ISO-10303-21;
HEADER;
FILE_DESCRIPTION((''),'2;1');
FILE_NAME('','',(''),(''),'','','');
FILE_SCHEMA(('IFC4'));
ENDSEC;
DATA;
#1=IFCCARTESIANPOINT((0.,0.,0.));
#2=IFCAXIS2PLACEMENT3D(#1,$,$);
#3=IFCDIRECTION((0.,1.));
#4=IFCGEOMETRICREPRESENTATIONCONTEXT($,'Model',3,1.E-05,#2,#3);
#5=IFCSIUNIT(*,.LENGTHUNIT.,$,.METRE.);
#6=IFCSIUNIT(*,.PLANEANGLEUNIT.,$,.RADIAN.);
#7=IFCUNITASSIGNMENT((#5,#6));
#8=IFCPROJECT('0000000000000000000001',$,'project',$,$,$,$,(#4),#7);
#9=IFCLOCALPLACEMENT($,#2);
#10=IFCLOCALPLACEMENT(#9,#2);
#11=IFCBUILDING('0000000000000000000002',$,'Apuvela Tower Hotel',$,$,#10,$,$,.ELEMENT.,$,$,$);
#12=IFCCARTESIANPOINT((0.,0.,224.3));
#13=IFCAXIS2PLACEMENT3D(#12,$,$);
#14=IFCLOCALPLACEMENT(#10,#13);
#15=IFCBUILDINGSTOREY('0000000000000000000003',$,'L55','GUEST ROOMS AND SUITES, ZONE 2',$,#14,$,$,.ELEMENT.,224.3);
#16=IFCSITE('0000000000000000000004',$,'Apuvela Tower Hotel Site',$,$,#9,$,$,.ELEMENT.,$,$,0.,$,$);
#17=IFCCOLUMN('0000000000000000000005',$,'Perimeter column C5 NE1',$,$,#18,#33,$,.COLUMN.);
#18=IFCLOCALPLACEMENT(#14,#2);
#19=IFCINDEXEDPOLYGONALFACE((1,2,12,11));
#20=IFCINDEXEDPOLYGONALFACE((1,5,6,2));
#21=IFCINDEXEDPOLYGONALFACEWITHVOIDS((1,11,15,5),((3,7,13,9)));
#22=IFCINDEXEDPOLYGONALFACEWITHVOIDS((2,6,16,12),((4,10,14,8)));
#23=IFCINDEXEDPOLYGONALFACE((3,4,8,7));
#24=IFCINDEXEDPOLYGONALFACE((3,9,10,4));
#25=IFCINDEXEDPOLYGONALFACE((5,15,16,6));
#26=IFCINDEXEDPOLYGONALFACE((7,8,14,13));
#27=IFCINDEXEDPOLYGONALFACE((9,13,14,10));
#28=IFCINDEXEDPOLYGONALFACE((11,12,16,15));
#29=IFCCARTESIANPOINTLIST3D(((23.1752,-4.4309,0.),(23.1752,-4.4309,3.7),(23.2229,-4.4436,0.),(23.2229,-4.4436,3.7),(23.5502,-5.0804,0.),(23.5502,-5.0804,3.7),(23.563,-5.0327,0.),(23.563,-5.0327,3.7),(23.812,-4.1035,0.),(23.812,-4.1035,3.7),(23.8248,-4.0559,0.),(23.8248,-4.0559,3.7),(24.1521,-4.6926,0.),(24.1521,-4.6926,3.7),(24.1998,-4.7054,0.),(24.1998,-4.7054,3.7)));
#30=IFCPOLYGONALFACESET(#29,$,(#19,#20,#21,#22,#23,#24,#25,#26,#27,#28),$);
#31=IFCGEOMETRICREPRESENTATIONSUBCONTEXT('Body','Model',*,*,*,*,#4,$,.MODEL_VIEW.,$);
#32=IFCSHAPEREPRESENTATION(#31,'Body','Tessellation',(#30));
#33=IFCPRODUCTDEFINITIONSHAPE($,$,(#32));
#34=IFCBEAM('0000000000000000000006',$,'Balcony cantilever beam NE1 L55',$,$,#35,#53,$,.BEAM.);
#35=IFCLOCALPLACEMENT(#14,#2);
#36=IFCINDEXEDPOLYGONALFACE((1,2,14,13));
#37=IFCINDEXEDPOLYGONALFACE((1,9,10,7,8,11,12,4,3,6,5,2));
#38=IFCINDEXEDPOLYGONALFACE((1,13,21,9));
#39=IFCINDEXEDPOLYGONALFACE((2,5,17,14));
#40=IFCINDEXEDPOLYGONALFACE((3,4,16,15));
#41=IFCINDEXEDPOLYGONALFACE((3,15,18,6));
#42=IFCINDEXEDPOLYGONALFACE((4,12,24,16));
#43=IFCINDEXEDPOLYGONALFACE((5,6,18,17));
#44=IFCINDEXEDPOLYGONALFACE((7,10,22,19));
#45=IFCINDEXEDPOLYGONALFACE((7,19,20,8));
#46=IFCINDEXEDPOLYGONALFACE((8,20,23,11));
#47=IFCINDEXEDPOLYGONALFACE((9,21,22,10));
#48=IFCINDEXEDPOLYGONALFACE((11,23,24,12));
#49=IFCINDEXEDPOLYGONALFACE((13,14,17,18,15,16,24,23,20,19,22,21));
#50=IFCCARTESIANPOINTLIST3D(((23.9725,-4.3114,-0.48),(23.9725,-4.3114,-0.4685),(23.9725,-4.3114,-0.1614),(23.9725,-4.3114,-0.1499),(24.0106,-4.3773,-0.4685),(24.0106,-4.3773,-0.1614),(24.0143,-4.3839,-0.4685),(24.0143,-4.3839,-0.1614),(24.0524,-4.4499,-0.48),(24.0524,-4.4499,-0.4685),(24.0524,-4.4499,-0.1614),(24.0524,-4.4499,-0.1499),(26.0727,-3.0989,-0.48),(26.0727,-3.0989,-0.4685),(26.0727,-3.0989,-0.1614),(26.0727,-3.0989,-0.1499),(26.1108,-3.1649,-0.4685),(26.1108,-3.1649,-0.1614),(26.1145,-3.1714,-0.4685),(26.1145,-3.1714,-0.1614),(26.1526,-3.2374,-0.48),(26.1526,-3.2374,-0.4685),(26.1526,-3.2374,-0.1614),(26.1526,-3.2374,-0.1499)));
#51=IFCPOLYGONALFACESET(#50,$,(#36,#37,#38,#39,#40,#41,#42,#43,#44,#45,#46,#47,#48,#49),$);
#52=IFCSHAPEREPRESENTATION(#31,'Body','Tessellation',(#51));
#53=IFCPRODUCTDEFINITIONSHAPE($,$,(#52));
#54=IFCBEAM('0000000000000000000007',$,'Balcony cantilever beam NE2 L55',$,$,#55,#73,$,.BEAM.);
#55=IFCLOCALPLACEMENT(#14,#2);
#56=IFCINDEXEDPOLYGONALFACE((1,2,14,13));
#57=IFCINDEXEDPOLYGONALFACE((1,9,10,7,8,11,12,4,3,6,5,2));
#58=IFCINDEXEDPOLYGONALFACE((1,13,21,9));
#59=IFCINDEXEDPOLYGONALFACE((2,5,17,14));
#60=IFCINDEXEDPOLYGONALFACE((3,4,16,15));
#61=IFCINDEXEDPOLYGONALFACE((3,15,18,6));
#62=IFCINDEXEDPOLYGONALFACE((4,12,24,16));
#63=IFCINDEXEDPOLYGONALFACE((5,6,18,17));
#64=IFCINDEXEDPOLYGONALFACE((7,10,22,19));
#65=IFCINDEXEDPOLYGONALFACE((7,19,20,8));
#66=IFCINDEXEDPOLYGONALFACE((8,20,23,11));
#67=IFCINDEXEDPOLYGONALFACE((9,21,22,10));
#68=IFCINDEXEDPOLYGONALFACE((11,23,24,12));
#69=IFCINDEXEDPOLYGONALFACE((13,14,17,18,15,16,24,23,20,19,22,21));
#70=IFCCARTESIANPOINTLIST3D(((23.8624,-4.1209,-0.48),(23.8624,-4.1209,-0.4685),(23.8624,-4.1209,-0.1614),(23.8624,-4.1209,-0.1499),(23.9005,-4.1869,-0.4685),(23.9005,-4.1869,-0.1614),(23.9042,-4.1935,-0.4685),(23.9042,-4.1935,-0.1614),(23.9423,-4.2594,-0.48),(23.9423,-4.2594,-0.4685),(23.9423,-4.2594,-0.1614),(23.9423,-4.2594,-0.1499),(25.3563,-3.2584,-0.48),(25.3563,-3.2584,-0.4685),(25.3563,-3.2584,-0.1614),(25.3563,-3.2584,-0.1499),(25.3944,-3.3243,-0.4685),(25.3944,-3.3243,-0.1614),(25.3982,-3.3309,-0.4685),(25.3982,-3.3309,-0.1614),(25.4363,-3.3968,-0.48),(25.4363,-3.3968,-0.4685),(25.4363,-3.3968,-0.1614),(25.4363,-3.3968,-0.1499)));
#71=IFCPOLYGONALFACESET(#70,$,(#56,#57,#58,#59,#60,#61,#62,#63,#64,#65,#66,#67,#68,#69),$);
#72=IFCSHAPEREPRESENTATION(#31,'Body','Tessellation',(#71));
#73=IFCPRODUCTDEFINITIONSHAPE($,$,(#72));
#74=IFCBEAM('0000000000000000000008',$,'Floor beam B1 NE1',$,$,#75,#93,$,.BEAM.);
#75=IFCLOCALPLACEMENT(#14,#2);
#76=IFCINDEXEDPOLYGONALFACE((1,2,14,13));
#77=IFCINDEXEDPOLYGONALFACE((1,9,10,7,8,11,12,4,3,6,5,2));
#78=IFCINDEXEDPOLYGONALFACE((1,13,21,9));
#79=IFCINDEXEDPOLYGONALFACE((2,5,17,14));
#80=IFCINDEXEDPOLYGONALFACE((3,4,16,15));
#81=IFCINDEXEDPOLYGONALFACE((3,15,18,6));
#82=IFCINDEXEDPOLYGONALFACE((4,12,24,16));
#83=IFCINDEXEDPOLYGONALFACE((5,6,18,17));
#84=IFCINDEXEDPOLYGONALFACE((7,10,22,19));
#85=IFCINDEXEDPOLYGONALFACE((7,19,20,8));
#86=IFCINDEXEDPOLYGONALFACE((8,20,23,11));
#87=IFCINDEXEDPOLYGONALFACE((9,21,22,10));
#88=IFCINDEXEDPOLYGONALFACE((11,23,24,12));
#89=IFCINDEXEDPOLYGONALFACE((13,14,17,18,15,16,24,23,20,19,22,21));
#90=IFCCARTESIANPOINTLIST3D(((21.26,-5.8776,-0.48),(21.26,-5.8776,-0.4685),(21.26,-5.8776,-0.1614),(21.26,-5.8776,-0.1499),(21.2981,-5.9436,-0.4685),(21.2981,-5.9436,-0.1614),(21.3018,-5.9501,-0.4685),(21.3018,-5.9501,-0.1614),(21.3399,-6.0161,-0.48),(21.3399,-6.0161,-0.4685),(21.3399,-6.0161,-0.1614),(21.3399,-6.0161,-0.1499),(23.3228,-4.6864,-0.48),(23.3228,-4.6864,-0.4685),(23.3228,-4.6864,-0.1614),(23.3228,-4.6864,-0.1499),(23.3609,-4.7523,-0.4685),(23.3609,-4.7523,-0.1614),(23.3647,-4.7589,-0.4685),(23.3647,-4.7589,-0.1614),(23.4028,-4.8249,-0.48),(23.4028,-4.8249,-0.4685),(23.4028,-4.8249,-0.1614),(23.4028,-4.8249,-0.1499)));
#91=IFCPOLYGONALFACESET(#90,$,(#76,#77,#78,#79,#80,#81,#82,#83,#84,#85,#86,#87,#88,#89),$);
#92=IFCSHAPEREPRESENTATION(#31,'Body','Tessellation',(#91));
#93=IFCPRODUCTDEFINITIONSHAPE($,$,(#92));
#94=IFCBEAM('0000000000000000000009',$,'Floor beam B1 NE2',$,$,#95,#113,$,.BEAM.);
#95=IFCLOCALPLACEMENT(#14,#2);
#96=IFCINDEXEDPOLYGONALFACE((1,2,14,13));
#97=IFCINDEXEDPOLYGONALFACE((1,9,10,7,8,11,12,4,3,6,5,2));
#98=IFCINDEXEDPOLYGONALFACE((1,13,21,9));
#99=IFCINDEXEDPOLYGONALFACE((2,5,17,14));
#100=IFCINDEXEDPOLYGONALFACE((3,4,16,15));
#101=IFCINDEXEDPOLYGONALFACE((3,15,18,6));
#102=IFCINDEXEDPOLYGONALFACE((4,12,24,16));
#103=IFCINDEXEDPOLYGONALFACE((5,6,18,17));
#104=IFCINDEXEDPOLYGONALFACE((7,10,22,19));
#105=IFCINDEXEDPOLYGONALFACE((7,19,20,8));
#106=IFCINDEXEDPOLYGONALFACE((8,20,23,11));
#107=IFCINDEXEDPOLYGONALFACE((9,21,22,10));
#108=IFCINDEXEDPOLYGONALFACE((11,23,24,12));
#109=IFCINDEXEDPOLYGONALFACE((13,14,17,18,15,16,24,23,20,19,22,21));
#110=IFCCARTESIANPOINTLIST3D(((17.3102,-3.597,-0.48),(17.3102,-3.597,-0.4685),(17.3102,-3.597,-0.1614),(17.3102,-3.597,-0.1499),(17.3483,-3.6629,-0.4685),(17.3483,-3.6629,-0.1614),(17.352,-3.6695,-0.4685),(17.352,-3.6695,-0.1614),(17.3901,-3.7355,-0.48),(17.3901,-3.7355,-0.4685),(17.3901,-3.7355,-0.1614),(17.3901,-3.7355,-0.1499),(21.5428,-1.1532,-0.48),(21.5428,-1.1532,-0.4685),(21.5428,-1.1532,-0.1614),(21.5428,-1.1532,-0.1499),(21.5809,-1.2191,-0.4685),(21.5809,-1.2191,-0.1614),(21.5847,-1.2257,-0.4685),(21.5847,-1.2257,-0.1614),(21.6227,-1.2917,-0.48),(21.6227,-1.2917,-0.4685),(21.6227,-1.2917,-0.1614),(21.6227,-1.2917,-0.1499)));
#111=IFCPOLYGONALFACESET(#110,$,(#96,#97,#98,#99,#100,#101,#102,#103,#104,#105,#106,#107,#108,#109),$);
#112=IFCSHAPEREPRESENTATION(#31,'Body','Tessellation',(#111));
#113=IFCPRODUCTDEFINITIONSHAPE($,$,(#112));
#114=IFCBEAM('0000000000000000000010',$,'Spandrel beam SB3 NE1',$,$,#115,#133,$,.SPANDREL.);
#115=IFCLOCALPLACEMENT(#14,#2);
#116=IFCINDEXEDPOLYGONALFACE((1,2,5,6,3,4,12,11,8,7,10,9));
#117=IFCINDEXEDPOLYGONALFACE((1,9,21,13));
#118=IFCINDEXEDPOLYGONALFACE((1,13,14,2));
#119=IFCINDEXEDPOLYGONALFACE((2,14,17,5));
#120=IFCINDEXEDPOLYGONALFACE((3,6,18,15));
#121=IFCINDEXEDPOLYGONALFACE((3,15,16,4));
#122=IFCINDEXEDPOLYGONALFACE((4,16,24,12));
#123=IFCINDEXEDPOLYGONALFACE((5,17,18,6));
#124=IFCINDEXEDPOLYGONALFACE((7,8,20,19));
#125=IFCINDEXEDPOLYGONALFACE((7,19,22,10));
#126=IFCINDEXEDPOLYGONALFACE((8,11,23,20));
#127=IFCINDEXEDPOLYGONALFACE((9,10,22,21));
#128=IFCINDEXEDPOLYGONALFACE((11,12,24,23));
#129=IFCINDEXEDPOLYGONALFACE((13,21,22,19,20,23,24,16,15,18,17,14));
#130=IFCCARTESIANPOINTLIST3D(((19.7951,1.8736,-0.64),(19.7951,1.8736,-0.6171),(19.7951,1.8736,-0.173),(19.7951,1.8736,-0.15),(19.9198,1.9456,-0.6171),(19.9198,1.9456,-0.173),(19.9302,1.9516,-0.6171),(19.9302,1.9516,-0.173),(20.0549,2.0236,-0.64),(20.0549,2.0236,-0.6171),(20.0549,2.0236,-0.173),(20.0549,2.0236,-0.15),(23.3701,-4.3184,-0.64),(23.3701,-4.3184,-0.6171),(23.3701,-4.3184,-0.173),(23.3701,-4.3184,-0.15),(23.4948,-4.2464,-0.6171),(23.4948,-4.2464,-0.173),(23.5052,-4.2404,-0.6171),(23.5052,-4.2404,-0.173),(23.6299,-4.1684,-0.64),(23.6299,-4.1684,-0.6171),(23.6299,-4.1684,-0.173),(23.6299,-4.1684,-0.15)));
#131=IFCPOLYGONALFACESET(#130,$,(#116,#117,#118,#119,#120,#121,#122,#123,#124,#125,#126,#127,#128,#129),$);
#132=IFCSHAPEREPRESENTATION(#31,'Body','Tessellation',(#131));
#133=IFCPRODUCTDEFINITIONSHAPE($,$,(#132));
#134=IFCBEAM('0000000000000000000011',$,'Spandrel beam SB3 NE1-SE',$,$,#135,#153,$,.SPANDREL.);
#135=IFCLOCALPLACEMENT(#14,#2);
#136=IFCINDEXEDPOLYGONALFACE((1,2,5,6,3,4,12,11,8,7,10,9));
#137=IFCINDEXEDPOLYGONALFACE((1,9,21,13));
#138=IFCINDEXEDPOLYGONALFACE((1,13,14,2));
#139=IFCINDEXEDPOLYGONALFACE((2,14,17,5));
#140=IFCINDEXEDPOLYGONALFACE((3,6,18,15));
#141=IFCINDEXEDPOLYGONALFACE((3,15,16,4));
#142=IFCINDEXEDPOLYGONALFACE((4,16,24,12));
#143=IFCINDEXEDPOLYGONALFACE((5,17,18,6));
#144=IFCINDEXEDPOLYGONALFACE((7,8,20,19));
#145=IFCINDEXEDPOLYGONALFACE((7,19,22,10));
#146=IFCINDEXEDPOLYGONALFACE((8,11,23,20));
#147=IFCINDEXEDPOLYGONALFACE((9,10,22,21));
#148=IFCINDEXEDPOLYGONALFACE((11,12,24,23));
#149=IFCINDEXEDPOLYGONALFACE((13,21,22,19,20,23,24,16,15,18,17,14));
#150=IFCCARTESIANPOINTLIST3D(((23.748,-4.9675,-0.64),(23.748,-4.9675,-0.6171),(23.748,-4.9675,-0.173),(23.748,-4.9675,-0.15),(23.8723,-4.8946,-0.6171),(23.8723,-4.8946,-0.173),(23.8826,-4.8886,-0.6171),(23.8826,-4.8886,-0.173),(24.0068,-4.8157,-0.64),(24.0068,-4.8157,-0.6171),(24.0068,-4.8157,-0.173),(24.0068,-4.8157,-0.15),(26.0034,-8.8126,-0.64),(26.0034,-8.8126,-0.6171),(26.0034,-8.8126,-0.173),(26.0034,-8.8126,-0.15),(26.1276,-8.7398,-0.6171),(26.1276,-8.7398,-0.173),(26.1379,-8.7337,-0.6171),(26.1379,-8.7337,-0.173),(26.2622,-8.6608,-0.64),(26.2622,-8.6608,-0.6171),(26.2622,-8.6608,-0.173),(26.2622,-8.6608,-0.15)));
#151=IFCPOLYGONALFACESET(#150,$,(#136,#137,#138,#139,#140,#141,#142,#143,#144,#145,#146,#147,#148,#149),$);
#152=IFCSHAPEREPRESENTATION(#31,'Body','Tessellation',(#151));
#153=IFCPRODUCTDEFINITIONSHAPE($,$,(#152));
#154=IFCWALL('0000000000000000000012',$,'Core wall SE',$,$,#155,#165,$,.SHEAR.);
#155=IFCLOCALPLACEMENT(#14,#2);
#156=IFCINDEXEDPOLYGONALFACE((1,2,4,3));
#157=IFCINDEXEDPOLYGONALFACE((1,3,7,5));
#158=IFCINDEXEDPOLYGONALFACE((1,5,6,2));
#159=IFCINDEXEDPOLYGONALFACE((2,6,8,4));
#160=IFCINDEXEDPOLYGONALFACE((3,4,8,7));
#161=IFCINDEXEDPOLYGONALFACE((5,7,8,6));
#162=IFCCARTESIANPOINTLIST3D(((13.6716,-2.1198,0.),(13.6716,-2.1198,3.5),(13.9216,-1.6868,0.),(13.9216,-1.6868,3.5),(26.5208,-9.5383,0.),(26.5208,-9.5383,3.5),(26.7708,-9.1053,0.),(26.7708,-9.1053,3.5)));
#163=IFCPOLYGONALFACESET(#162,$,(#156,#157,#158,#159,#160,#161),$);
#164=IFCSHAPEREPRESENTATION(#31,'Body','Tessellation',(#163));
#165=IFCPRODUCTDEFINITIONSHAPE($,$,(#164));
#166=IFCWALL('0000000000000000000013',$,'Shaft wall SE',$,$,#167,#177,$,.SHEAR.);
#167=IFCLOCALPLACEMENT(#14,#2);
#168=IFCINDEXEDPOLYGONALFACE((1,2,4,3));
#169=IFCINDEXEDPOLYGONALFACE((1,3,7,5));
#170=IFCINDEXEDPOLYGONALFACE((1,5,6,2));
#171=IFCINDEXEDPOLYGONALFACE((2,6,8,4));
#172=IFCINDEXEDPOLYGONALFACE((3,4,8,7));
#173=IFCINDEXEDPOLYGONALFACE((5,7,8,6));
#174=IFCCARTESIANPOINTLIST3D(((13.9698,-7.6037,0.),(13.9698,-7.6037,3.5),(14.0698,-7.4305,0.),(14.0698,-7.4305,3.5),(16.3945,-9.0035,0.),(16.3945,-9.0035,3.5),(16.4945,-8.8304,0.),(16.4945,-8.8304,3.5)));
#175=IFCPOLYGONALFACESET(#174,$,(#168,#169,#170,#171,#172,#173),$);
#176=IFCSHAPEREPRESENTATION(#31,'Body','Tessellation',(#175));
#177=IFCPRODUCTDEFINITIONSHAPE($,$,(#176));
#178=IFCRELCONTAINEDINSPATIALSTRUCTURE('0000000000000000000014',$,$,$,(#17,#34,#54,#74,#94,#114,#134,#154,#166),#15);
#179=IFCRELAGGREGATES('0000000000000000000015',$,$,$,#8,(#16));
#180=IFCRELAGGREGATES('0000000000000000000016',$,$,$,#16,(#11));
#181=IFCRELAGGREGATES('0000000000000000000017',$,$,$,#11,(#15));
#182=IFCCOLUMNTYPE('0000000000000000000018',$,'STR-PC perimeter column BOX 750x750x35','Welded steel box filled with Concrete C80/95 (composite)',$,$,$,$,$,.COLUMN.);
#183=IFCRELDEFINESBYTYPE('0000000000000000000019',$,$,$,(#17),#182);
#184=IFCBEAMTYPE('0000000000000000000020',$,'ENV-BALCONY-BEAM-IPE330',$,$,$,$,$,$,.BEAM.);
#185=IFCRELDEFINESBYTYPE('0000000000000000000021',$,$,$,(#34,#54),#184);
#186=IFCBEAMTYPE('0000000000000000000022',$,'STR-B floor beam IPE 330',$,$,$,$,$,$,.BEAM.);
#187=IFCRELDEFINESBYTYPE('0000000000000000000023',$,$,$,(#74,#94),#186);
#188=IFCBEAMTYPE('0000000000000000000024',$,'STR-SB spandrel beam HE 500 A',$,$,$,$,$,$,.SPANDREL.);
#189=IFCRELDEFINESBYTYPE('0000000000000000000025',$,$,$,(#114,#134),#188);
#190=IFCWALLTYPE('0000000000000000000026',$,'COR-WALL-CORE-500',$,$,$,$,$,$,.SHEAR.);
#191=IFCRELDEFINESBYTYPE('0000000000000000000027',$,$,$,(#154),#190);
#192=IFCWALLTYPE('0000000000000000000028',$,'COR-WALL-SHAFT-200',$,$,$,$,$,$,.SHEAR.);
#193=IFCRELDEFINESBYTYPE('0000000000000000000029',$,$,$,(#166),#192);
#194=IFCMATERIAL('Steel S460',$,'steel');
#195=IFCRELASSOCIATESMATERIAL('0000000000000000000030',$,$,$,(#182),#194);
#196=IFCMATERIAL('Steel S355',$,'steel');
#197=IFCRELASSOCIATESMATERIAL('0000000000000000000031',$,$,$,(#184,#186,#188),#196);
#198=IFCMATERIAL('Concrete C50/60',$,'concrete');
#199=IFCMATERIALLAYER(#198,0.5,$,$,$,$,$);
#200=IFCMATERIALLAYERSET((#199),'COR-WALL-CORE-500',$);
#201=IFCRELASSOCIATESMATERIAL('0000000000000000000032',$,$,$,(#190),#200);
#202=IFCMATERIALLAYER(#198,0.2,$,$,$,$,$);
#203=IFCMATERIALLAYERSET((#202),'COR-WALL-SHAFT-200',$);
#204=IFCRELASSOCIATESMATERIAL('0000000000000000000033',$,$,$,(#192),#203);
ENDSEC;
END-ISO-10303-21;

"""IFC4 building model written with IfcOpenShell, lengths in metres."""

from ifc_helpers import new_model, si_unit, direction, frame, frame_2d, origin, origin_2d, place, context, subcontext, project, spatial, rectangle, hollow_rectangle, i_section, extrude, material, layer, layer_set, material_profile, profile_set, type_object, element, save


model = new_model("IFC4")

# Units and contexts
model_context = context("Model", 3, precision=1e-05, world=origin(), true_north=direction((0.0, 1.0)))
body_context = subcontext(model_context, "Body", "Model", "MODEL_VIEW")
ifc_project = project(units=[si_unit("LENGTHUNIT", "METRE"), si_unit("PLANEANGLEUNIT", "RADIAN")], contexts=[model_context])

# Site, building, storey
site_placement = place(None, origin())
site = spatial("IfcSite", under=ifc_project, at=site_placement, Name="Apuvela Tower Hotel Site", CompositionType="ELEMENT", RefElevation=0.0)
building_placement = place(site_placement, origin())
building = spatial("IfcBuilding", under=site, at=building_placement, Name="Apuvela Tower Hotel", CompositionType="ELEMENT")
storey_placement = place(building_placement, frame((0.0, 0.0, 224.3)))
storey = spatial("IfcBuildingStorey", under=building, at=storey_placement, Name="L55", Description="GUEST ROOMS AND SUITES, ZONE 2", CompositionType="ELEMENT", Elevation=224.3)

# Column
ifc_material_1 = material(Name="Steel S460", Category="steel")
ifc_material_profile_1 = material_profile(ifc_material_1, hollow_rectangle(XDim=0.75, YDim=0.75, WallThickness=0.0349, at=origin_2d()), Name="BOX 750x750x35")
ifc_material_2 = material(Name="Concrete C80/95", Category="concrete")
ifc_material_profile_2 = material_profile(ifc_material_2, rectangle(XDim=0.6799, YDim=0.6799, at=origin_2d()), Name="Concrete C80/95 infill")
ifc_profile_set_1 = profile_set([ifc_material_profile_1, ifc_material_profile_2], Name="Steel S460")
column_type = type_object("IfcColumnType", Name="STR-PC perimeter column BOX 750x750x35", Description="Welded steel box filled with Concrete C80/95 (composite)", PredefinedType="COLUMN", material=ifc_profile_set_1)
column_placement = place(storey_placement, frame((23.6875, -4.5681, 0.0), z_axis=(0.0, 0.0, 1.0), x_axis=(-0.5, 0.866025, 0.0)))
element("IfcColumn", 1, at=column_placement, inside=storey, type_object=column_type, Name="Perimeter column C5 NE1", PredefinedType="COLUMN", context=body_context, shape_type="SweptSolid", body=[
    extrude(hollow_rectangle(XDim=0.75, YDim=0.75, WallThickness=0.0349, at=origin_2d()), origin(), (0.0, 0.0, 1.0), 3.7),
])

# Beams
ifc_material_3 = material(Name="Steel S355", Category="steel")
ifc_material_profile_3 = material_profile(ifc_material_3, i_section(OverallWidth=0.1599, OverallDepth=0.3301, WebThickness=0.0076, FlangeThickness=0.0115, at=origin_2d()), Name="IPE 330")
ifc_profile_set_2 = profile_set([ifc_material_profile_3], Name="Steel S355")
beam_type_1 = type_object("IfcBeamType", Name="ENV-BALCONY-BEAM-IPE330", PredefinedType="BEAM", material=ifc_profile_set_2)
beam_1_placement = place(storey_placement, frame((24.0125, -4.3806, -0.3149), z_axis=(0.866041, 0.499972, 0.0), x_axis=(-0.499972, 0.866041, 0.0)))
element("IfcBeam", 2, at=beam_1_placement, inside=storey, type_object=beam_type_1, Name="Balcony cantilever beam NE1 L55", PredefinedType="BEAM", context=body_context, shape_type="SweptSolid", body=[
    extrude(i_section(OverallWidth=0.1599, OverallDepth=0.3301, WebThickness=0.0076, FlangeThickness=0.0115, at=origin_2d()), origin(), (0.0, 0.0, 1.0), 2.425),
])
beam_2_placement = place(storey_placement, frame((23.9023, -4.1902, -0.3149), z_axis=(0.866014, 0.500021, 0.0), x_axis=(-0.500021, 0.866014, 0.0)))
element("IfcBeam", 3, at=beam_2_placement, inside=storey, type_object=beam_type_1, Name="Balcony cantilever beam NE2 L55", PredefinedType="BEAM", context=body_context, shape_type="SweptSolid", body=[
    extrude(i_section(OverallWidth=0.1599, OverallDepth=0.3301, WebThickness=0.0076, FlangeThickness=0.0115, at=origin_2d()), origin(), (0.0, 0.0, 1.0), 1.7251),
])
ifc_material_profile_4 = material_profile(ifc_material_3, i_section(OverallWidth=0.1599, OverallDepth=0.3301, WebThickness=0.0076, FlangeThickness=0.0115, at=origin_2d()), Name="IPE 330")
ifc_profile_set_3 = profile_set([ifc_material_profile_4], Name="Steel S355")
beam_type_2 = type_object("IfcBeamType", Name="STR-B floor beam IPE 330", PredefinedType="BEAM", material=ifc_profile_set_3)
beam_3_placement = place(storey_placement, frame((23.3628, -4.7556, -0.3149), z_axis=(-0.865982, -0.500074, 0.0), x_axis=(0.500074, -0.865982, 0.0)))
element("IfcBeam", 4, at=beam_3_placement, inside=storey, type_object=beam_type_2, Name="Floor beam B1 NE1", PredefinedType="BEAM", context=body_context, shape_type="SweptSolid", body=[
    extrude(i_section(OverallWidth=0.1599, OverallDepth=0.3301, WebThickness=0.0076, FlangeThickness=0.0115, at=origin_2d()), origin(), (0.0, 0.0, 1.0), 2.3821),
])
beam_4_placement = place(storey_placement, frame((21.5828, -1.2224, -0.3149), z_axis=(-0.866015, -0.500018, 0.0), x_axis=(0.500018, -0.866015, 0.0)))
element("IfcBeam", 5, at=beam_4_placement, inside=storey, type_object=beam_type_2, Name="Floor beam B1 NE2", PredefinedType="BEAM", context=body_context, shape_type="SweptSolid", body=[
    extrude(i_section(OverallWidth=0.1599, OverallDepth=0.3301, WebThickness=0.0076, FlangeThickness=0.0115, at=origin_2d()), origin(), (0.0, 0.0, 1.0), 4.8875),
])
ifc_material_profile_5 = material_profile(ifc_material_3, i_section(OverallWidth=0.3, OverallDepth=0.49, WebThickness=0.012, FlangeThickness=0.0229, at=origin_2d()), Name="HE 500 A")
ifc_profile_set_4 = profile_set([ifc_material_profile_5], Name="Steel S355")
beam_type_3 = type_object("IfcBeamType", Name="STR-SB spandrel beam HE 500 A", PredefinedType="SPANDREL", material=ifc_profile_set_4)
beam_5_placement = place(storey_placement, frame((23.5, -4.2434, -0.395), z_axis=(-0.500006, 0.866022, 0.0), x_axis=(-0.866022, -0.500006, 0.0)))
element("IfcBeam", 6, at=beam_5_placement, inside=storey, type_object=beam_type_3, Name="Spandrel beam SB3 NE1", PredefinedType="SPANDREL", context=body_context, shape_type="SweptSolid", body=[
    extrude(i_section(OverallWidth=0.3, OverallDepth=0.49, WebThickness=0.012, FlangeThickness=0.0229, at=origin_2d()), origin(), (0.0, 0.0, 1.0), 7.1499),
])
beam_6_placement = place(storey_placement, frame((23.8774, -4.8916, -0.395), z_axis=(0.505933, -0.862573, 0.0), x_axis=(0.862573, 0.505933, 0.0)))
element("IfcBeam", 7, at=beam_6_placement, inside=storey, type_object=beam_type_3, Name="Spandrel beam SB3 NE1-SE", PredefinedType="SPANDREL", context=body_context, shape_type="SweptSolid", body=[
    extrude(i_section(OverallWidth=0.3, OverallDepth=0.49, WebThickness=0.012, FlangeThickness=0.0229, at=origin_2d()), origin(), (0.0, 0.0, 1.0), 4.4578),
])

# Walls
ifc_material_4 = material(Name="Concrete C50/60", Category="concrete")
ifc_layer_1 = layer(ifc_material_4, 0.5)
ifc_layer_set_1 = layer_set([ifc_layer_1], Name="COR-WALL-CORE-500")
wall_type_1 = type_object("IfcWallType", Name="COR-WALL-CORE-500", PredefinedType="SHEAR", material=ifc_layer_set_1)
wall_1_placement = place(storey_placement, frame((13.7966, -1.9033, 0.0), z_axis=(0.0, 0.0, 1.0), x_axis=(0.866025, -0.500001, 0.0)))
element("IfcWall", 8, at=wall_1_placement, inside=storey, type_object=wall_type_1, Name="Core wall SE", PredefinedType="SHEAR", context=body_context, shape_type="SweptSolid", body=[
    extrude(rectangle(XDim=14.8369, YDim=0.5, at=frame_2d((7.4185, 0.0))), origin(), (0.0, 0.0, 1.0), 3.5),
])
ifc_layer_2 = layer(ifc_material_4, 0.2)
ifc_layer_set_2 = layer_set([ifc_layer_2], Name="COR-WALL-SHAFT-200")
wall_type_2 = type_object("IfcWallType", Name="COR-WALL-SHAFT-200", PredefinedType="SHEAR", material=ifc_layer_set_2)
wall_2_placement = place(storey_placement, frame((14.0198, -7.5171, 0.0), z_axis=(0.0, 0.0, 1.0), x_axis=(0.866035, -0.499984, 0.0)))
element("IfcWall", 9, at=wall_2_placement, inside=storey, type_object=wall_type_2, Name="Shaft wall SE", PredefinedType="SHEAR", context=body_context, shape_type="SweptSolid", body=[
    extrude(rectangle(XDim=2.7998, YDim=0.2, at=frame_2d((1.3999, 0.0))), origin(), (0.0, 0.0, 1.0), 3.5),
])

save(model, "model.ifc")
